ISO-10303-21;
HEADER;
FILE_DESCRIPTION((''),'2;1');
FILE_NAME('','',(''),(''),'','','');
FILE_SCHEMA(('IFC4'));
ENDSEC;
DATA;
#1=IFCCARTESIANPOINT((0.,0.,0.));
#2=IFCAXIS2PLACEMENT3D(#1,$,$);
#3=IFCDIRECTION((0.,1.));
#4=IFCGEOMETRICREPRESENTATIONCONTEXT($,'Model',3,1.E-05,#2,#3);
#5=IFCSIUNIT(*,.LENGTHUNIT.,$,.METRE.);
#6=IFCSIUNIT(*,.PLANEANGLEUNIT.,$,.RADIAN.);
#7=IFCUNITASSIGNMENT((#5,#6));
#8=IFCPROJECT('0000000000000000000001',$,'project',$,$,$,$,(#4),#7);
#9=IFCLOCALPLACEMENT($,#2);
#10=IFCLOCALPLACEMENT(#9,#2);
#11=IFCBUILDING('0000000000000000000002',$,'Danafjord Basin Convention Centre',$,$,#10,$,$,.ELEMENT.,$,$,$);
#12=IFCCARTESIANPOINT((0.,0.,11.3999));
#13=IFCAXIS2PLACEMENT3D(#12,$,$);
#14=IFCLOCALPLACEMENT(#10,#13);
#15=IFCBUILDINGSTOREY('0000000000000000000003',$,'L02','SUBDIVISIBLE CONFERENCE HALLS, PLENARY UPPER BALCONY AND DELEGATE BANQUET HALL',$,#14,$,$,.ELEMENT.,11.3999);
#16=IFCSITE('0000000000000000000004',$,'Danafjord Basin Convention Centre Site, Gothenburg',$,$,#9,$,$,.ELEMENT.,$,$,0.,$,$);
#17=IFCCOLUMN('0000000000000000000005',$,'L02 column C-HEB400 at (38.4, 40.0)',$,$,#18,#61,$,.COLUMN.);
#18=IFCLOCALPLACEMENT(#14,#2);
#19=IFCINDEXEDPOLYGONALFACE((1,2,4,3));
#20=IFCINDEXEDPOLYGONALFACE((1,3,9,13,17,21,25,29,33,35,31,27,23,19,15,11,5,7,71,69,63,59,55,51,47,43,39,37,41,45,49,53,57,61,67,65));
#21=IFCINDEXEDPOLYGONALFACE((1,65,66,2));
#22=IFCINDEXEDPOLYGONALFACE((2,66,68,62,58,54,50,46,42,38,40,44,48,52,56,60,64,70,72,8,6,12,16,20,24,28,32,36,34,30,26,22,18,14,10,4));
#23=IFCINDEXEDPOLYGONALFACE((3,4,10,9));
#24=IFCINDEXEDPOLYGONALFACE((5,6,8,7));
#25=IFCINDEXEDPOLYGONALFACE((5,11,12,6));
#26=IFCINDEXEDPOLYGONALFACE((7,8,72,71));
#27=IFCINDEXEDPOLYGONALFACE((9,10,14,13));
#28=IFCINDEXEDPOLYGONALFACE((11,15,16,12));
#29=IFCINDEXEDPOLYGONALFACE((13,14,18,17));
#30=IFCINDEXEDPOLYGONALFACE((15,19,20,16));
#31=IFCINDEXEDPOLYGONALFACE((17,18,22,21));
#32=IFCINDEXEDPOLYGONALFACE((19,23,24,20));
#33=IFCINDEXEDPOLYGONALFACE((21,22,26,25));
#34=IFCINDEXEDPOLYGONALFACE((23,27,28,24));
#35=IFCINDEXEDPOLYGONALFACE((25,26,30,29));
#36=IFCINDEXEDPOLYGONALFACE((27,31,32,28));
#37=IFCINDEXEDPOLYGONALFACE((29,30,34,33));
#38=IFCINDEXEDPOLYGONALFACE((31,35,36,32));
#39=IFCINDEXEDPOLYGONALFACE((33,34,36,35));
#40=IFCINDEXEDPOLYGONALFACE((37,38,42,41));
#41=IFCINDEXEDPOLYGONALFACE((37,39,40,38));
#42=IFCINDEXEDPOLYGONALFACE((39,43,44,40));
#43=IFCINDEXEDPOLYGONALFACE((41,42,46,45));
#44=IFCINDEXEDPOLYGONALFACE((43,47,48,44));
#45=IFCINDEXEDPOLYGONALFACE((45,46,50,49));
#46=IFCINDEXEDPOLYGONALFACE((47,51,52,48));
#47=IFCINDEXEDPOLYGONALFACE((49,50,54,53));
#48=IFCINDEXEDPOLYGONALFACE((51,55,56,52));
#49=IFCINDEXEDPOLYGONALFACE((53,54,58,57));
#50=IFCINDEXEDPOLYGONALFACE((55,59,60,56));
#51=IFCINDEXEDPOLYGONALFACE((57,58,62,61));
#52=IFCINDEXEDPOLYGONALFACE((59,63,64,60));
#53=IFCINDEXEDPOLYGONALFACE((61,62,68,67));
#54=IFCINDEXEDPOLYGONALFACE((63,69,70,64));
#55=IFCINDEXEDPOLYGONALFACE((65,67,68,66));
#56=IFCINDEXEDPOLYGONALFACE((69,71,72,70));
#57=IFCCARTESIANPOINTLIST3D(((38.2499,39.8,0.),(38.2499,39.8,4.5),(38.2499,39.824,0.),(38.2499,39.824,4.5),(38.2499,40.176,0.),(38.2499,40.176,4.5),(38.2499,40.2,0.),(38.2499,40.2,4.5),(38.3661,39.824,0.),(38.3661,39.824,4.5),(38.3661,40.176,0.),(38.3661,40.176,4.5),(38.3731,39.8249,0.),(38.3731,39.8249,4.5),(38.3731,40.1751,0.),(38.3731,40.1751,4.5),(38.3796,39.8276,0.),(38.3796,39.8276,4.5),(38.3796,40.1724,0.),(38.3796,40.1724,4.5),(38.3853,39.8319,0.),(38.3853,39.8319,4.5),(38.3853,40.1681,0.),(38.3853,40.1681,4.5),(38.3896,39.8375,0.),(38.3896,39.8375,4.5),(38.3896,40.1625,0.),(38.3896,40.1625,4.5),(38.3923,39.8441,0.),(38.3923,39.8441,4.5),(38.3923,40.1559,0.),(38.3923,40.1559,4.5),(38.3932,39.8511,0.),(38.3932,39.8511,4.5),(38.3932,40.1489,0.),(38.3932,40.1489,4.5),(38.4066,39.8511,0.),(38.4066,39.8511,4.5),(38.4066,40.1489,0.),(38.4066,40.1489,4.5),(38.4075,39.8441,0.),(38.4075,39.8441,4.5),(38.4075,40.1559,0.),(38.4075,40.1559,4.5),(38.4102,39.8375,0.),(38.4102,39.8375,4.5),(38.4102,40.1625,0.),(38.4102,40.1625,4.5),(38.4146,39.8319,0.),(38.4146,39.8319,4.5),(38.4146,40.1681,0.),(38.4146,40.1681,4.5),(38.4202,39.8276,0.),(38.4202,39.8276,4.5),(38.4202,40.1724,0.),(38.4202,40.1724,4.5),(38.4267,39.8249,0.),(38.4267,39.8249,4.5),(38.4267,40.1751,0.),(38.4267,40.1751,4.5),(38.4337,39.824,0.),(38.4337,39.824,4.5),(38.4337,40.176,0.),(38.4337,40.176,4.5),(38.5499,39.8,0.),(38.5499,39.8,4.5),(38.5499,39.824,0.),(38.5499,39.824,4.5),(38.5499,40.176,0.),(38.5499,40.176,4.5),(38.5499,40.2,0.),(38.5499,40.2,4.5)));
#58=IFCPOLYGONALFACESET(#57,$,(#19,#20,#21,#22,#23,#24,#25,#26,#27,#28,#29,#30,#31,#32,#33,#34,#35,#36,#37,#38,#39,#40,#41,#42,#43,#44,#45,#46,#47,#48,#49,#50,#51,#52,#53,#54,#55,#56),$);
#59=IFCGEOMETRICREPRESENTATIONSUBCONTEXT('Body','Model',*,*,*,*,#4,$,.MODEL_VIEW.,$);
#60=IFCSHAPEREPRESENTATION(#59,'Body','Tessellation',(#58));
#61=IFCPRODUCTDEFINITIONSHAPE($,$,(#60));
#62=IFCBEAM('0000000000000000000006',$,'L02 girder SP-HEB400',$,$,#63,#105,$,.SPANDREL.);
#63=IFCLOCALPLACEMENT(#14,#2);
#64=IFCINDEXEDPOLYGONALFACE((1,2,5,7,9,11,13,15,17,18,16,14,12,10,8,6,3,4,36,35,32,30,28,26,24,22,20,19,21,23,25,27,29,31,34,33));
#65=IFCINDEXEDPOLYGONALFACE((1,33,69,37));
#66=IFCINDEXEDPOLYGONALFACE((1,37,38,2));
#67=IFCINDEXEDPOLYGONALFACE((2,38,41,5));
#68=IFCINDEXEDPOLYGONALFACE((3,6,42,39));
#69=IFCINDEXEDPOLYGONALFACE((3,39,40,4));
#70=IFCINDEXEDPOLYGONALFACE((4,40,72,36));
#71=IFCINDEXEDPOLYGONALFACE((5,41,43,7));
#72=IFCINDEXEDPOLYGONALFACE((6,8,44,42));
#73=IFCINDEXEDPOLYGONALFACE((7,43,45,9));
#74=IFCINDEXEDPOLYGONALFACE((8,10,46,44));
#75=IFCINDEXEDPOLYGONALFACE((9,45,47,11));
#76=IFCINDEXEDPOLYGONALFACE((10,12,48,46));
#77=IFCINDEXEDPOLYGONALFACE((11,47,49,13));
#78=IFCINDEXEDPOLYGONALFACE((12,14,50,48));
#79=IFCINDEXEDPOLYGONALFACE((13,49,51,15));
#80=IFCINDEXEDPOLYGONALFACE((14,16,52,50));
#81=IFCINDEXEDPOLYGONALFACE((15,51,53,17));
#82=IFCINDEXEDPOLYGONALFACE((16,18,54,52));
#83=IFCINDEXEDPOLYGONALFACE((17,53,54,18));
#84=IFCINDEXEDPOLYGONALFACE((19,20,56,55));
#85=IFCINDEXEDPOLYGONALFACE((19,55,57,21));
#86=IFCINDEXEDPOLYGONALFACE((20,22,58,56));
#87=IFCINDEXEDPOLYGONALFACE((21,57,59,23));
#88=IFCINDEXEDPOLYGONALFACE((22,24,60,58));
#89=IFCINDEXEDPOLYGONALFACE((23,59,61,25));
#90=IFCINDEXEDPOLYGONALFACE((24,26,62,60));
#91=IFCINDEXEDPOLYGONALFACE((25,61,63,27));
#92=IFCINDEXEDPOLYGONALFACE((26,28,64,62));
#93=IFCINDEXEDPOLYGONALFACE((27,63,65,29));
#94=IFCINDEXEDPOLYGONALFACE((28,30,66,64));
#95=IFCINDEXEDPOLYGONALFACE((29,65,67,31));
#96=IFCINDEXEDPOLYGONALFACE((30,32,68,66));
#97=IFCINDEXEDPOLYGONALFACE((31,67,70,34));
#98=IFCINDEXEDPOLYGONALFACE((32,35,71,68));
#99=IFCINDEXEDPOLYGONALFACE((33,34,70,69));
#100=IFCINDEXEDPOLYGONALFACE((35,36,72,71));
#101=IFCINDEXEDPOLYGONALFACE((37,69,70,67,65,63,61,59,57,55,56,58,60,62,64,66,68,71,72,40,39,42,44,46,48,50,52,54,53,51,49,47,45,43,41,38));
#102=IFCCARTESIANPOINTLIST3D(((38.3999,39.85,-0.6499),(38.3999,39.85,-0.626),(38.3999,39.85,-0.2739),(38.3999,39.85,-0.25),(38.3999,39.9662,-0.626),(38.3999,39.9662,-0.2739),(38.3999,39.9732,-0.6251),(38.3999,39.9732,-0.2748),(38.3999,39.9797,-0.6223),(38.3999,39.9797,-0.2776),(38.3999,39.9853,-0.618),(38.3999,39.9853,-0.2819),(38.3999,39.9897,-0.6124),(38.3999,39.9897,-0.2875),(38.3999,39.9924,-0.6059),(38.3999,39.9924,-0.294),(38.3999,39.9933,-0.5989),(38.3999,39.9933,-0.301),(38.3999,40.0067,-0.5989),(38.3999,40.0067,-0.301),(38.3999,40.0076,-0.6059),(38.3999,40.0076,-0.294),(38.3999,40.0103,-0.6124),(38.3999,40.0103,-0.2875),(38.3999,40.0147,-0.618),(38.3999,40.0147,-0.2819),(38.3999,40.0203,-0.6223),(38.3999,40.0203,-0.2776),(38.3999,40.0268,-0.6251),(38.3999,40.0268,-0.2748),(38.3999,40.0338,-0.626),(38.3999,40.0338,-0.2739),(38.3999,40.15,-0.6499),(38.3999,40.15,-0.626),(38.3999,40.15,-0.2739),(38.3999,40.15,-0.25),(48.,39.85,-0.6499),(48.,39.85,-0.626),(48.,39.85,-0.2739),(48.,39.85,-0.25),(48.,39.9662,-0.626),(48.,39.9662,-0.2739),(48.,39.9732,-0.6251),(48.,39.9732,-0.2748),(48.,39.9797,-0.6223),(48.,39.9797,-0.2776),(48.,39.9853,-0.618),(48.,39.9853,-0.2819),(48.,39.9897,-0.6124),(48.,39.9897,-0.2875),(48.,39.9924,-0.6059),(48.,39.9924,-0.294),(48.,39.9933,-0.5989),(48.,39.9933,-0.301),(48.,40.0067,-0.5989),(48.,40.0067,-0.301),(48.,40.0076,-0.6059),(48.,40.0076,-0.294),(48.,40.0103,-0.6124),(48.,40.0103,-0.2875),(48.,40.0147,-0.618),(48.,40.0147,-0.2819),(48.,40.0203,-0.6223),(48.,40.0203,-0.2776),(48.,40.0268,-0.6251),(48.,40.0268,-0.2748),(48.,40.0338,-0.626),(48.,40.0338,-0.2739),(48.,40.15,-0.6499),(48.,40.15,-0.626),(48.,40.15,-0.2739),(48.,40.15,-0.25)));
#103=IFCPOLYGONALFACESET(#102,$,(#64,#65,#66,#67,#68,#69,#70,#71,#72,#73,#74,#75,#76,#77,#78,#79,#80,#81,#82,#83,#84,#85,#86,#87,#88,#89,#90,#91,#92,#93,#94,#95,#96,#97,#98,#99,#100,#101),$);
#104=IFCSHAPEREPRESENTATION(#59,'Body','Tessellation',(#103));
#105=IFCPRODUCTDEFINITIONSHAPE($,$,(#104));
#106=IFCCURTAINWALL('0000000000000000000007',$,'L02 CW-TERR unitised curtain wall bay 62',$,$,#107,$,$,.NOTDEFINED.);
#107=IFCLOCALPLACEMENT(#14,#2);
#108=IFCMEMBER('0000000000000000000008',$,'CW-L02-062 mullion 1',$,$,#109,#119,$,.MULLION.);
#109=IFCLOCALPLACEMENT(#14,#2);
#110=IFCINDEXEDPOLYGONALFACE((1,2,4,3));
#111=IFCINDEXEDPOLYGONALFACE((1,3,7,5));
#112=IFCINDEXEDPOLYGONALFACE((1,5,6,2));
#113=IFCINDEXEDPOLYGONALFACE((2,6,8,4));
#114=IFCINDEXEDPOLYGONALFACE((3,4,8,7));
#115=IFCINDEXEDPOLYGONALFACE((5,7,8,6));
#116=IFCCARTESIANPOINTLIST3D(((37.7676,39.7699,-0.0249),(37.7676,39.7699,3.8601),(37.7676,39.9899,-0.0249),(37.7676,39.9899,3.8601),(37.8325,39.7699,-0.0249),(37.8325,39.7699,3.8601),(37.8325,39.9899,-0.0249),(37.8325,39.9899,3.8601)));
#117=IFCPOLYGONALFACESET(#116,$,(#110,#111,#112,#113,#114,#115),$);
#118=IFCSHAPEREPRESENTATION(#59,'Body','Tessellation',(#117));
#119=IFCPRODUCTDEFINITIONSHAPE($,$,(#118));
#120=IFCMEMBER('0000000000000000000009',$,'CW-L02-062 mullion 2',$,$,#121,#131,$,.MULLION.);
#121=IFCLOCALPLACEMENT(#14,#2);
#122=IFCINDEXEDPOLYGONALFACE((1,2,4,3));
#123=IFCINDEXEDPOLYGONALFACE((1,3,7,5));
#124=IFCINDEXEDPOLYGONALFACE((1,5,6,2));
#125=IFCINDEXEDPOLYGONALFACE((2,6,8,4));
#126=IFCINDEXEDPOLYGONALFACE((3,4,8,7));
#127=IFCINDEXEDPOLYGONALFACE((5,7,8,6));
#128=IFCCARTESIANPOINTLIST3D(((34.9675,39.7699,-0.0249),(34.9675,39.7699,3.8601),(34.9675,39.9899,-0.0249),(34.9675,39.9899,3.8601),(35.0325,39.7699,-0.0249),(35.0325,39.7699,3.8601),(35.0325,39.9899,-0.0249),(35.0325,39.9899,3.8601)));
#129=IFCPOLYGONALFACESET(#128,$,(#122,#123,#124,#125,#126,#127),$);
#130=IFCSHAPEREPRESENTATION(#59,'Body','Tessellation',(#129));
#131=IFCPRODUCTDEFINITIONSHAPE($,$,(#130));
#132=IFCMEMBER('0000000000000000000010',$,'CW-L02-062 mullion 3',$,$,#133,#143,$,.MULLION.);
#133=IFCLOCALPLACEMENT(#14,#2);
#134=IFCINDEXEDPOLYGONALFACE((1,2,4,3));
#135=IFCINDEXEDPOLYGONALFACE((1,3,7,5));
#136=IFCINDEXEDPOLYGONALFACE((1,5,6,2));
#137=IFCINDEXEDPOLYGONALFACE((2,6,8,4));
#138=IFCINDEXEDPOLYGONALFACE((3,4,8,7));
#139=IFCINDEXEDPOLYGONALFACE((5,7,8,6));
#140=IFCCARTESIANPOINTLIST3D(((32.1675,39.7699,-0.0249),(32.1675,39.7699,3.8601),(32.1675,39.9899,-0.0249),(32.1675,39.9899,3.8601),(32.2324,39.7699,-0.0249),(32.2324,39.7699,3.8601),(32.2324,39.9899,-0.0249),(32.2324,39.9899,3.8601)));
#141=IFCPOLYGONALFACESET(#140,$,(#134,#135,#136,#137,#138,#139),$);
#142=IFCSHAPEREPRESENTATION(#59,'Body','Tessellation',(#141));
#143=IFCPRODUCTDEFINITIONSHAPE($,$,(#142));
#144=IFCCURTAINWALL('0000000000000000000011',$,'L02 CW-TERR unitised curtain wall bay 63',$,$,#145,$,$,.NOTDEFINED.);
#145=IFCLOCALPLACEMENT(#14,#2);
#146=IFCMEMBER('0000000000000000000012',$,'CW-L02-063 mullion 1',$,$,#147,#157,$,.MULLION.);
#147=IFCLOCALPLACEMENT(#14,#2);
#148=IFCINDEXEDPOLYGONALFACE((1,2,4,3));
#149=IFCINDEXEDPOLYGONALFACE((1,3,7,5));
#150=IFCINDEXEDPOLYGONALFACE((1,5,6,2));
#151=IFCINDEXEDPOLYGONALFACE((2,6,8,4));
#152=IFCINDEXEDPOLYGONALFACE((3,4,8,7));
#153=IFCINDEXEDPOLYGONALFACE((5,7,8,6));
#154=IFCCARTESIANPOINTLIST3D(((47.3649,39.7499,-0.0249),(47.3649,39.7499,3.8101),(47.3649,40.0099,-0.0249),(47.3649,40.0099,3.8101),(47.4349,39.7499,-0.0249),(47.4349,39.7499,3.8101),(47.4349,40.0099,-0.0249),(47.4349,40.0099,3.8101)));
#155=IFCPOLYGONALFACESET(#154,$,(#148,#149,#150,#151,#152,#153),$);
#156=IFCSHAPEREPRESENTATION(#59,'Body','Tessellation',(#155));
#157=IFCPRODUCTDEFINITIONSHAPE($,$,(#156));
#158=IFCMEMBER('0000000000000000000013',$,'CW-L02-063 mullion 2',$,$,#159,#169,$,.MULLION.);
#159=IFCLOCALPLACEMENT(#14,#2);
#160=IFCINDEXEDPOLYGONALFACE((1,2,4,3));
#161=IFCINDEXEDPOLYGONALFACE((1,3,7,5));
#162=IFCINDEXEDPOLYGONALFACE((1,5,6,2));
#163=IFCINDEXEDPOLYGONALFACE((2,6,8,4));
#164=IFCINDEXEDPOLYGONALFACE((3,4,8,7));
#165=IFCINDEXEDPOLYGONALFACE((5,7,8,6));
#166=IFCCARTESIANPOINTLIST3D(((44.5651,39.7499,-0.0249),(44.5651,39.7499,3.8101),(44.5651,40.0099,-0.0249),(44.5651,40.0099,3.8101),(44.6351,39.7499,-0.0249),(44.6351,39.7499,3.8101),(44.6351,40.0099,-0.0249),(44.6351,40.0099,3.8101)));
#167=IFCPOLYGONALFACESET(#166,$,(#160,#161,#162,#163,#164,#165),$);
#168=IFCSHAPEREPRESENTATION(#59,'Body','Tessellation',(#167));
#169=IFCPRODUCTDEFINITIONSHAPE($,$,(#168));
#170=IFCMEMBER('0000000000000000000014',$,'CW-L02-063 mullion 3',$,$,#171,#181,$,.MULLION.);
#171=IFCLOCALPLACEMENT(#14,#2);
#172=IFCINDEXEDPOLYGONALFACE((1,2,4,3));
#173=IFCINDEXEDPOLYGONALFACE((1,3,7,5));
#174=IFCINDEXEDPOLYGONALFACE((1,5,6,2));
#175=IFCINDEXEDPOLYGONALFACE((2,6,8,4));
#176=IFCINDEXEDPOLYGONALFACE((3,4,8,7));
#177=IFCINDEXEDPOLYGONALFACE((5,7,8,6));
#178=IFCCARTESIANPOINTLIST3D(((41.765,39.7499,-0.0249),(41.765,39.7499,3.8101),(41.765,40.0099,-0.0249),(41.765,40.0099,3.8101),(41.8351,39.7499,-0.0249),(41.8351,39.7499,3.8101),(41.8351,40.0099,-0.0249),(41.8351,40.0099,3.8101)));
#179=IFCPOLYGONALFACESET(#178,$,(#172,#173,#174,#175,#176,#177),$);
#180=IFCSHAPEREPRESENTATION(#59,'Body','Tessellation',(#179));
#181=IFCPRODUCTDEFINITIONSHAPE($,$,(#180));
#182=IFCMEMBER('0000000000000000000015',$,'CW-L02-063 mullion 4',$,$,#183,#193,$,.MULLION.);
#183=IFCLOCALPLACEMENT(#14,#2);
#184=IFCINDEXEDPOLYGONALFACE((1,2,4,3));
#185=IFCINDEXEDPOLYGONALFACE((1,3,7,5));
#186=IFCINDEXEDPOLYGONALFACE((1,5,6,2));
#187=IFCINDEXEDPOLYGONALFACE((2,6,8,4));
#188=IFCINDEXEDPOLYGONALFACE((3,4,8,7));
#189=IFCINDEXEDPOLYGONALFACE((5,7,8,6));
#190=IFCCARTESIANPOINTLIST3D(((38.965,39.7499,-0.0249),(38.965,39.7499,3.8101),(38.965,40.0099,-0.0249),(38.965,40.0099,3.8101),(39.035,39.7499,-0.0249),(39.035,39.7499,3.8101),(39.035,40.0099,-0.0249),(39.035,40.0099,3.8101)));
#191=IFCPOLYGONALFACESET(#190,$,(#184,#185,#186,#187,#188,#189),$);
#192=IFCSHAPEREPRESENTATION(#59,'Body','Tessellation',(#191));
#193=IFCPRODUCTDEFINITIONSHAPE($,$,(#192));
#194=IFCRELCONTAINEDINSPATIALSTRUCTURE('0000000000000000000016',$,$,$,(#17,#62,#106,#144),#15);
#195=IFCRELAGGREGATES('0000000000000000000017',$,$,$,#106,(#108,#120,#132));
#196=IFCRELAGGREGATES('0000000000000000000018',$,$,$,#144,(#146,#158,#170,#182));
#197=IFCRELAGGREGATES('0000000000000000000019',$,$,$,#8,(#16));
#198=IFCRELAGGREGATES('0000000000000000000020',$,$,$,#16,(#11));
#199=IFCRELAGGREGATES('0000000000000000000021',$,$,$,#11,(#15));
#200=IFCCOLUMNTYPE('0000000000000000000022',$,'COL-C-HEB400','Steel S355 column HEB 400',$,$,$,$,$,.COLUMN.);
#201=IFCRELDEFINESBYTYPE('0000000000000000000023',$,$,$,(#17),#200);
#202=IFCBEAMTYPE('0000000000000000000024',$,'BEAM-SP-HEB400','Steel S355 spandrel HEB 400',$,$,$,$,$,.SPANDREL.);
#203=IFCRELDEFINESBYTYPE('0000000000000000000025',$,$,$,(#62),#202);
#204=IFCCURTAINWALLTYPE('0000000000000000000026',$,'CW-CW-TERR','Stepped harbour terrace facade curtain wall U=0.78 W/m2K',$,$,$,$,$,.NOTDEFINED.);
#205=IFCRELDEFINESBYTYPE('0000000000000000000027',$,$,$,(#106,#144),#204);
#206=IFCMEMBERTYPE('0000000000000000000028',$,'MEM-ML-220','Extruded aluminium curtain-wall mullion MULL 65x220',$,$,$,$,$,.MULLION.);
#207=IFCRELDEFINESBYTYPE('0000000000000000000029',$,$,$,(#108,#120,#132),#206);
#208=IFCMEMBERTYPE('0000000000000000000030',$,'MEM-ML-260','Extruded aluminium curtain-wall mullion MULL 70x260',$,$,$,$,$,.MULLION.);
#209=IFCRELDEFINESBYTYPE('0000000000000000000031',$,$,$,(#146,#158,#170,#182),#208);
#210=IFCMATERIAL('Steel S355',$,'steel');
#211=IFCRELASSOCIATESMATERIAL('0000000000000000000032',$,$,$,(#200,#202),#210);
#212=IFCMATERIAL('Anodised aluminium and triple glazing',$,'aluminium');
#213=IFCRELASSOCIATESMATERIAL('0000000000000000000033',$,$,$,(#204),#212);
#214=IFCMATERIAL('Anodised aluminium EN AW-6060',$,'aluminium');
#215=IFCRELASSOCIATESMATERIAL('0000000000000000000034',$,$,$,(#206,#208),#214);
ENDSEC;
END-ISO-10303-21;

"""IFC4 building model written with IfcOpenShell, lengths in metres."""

from ifc_helpers import new_model, si_unit, direction, frame, origin, origin_2d, place, context, subcontext, project, spatial, rectangle, i_section, extrude, material, material_profile, profile_set, type_object, element, aggregate, save


model = new_model("IFC4")

# Units and contexts
model_context = context("Model", 3, precision=1e-05, world=origin(), true_north=direction((0.0, 1.0)))
body_context = subcontext(model_context, "Body", "Model", "MODEL_VIEW")
ifc_project = project(units=[si_unit("LENGTHUNIT", "METRE"), si_unit("PLANEANGLEUNIT", "RADIAN")], contexts=[model_context])

# Site, building, storey
site_placement = place(None, origin())
site = spatial("IfcSite", under=ifc_project, at=site_placement, Name="Danafjord Basin Convention Centre Site, Gothenburg", CompositionType="ELEMENT", RefElevation=0.0)
building_placement = place(site_placement, origin())
building = spatial("IfcBuilding", under=site, at=building_placement, Name="Danafjord Basin Convention Centre", CompositionType="ELEMENT")
storey_placement = place(building_placement, frame((0.0, 0.0, 11.3999)))
storey = spatial("IfcBuildingStorey", under=building, at=storey_placement, Name="L02", Description="SUBDIVISIBLE CONFERENCE HALLS, PLENARY UPPER BALCONY AND DELEGATE BANQUET HALL", CompositionType="ELEMENT", Elevation=11.3999)

# Column
ifc_material_1 = material(Name="Steel S355", Category="steel")
ifc_material_profile_1 = material_profile(ifc_material_1, i_section(OverallWidth=0.3, OverallDepth=0.3999, WebThickness=0.0134, FlangeThickness=0.0239, FilletRadius=0.0271, at=origin_2d()), Name="HEB 400")
ifc_profile_set_1 = profile_set([ifc_material_profile_1], Name="Steel S355")
column_type = type_object("IfcColumnType", Name="COL-C-HEB400", Description="Steel S355 column HEB 400", PredefinedType="COLUMN", material=ifc_profile_set_1)
column_placement = place(storey_placement, frame((38.3999, 40.0, 0.0), z_axis=(0.0, 0.0, 1.0), x_axis=(1.0, 0.0, 0.0)))
element("IfcColumn", 1, at=column_placement, inside=storey, type_object=column_type, Name="L02 column C-HEB400 at (38.4, 40.0)", PredefinedType="COLUMN", context=body_context, shape_type="SweptSolid", body=[
    extrude(i_section(OverallWidth=0.3, OverallDepth=0.3999, WebThickness=0.0134, FlangeThickness=0.0239, FilletRadius=0.0271, at=origin_2d()), origin(), (0.0, 0.0, 1.0), 4.5),
])

# Beam
ifc_material_profile_2 = material_profile(ifc_material_1, i_section(OverallWidth=0.3, OverallDepth=0.3999, WebThickness=0.0134, FlangeThickness=0.0239, FilletRadius=0.0271, at=origin_2d()), Name="HEB 400")
ifc_profile_set_2 = profile_set([ifc_material_profile_2], Name="Steel S355")
beam_type = type_object("IfcBeamType", Name="BEAM-SP-HEB400", Description="Steel S355 spandrel HEB 400", PredefinedType="SPANDREL", material=ifc_profile_set_2)
beam_placement = place(storey_placement, frame((38.3999, 40.0, -0.45), z_axis=(1.0, 0.0, 0.0), x_axis=(0.0, 1.0, 0.0)))
element("IfcBeam", 2, at=beam_placement, inside=storey, type_object=beam_type, Name="L02 girder SP-HEB400", PredefinedType="SPANDREL", context=body_context, shape_type="SweptSolid", body=[
    extrude(i_section(OverallWidth=0.3, OverallDepth=0.3999, WebThickness=0.0134, FlangeThickness=0.0239, FilletRadius=0.0271, at=origin_2d()), origin(), (0.0, 0.0, 1.0), 9.6001),
])

# Curtain walls, members
ifc_material_2 = material(Name="Anodised aluminium and triple glazing", Category="aluminium")
curtain_wall_type = type_object("IfcCurtainWallType", Name="CW-CW-TERR", Description="Stepped harbour terrace facade curtain wall U=0.78 W/m2K", PredefinedType="NOTDEFINED", material=ifc_material_2)
curtain_wall_1_placement = place(storey_placement, origin())
curtain_wall_1 = element("IfcCurtainWall", 3, at=curtain_wall_1_placement, inside=storey, type_object=curtain_wall_type, Name="L02 CW-TERR unitised curtain wall bay 62", PredefinedType="NOTDEFINED")
ifc_material_3 = material(Name="Anodised aluminium EN AW-6060", Category="aluminium")
ifc_material_profile_3 = material_profile(ifc_material_3, rectangle(XDim=0.0649, YDim=0.22, at=origin_2d()), Name="MULL 65x220")
ifc_profile_set_3 = profile_set([ifc_material_profile_3], Name="Anodised aluminium EN AW-6060")
member_type_1 = type_object("IfcMemberType", Name="MEM-ML-220", Description="Extruded aluminium curtain-wall mullion MULL 65x220", PredefinedType="MULLION", material=ifc_profile_set_3)
member_1_placement = place(storey_placement, frame((37.8, 39.8799, -0.0249), z_axis=(0.0, 0.0, 1.0), x_axis=(-1.0, 0.0, 0.0)))
member_1 = element("IfcMember", 4, at=member_1_placement, type_object=member_type_1, Name="CW-L02-062 mullion 1", PredefinedType="MULLION", context=body_context, shape_type="SweptSolid", body=[
    extrude(rectangle(XDim=0.0649, YDim=0.22, at=origin_2d()), origin(), (0.0, 0.0, 1.0), 3.885),
])
member_2_placement = place(storey_placement, frame((35.0, 39.8799, -0.0249), z_axis=(0.0, 0.0, 1.0), x_axis=(-1.0, 0.0, 0.0)))
member_2 = element("IfcMember", 5, at=member_2_placement, type_object=member_type_1, Name="CW-L02-062 mullion 2", PredefinedType="MULLION", context=body_context, shape_type="SweptSolid", body=[
    extrude(rectangle(XDim=0.0649, YDim=0.22, at=origin_2d()), origin(), (0.0, 0.0, 1.0), 3.885),
])
member_3_placement = place(storey_placement, frame((32.2, 39.8799, -0.0249), z_axis=(0.0, 0.0, 1.0), x_axis=(-1.0, 0.0, 0.0)))
member_3 = element("IfcMember", 6, at=member_3_placement, type_object=member_type_1, Name="CW-L02-062 mullion 3", PredefinedType="MULLION", context=body_context, shape_type="SweptSolid", body=[
    extrude(rectangle(XDim=0.0649, YDim=0.22, at=origin_2d()), origin(), (0.0, 0.0, 1.0), 3.885),
])
curtain_wall_2_placement = place(storey_placement, origin())
curtain_wall_2 = element("IfcCurtainWall", 7, at=curtain_wall_2_placement, inside=storey, type_object=curtain_wall_type, Name="L02 CW-TERR unitised curtain wall bay 63", PredefinedType="NOTDEFINED")
ifc_material_profile_4 = material_profile(ifc_material_3, rectangle(XDim=0.0701, YDim=0.26, at=origin_2d()), Name="MULL 70x260")
ifc_profile_set_4 = profile_set([ifc_material_profile_4], Name="Anodised aluminium EN AW-6060")
member_type_2 = type_object("IfcMemberType", Name="MEM-ML-260", Description="Extruded aluminium curtain-wall mullion MULL 70x260", PredefinedType="MULLION", material=ifc_profile_set_4)
member_4_placement = place(storey_placement, frame((47.3999, 39.8799, -0.0249), z_axis=(0.0, 0.0, 1.0), x_axis=(-1.0, 0.0, 0.0)))
member_4 = element("IfcMember", 8, at=member_4_placement, type_object=member_type_2, Name="CW-L02-063 mullion 1", PredefinedType="MULLION", context=body_context, shape_type="SweptSolid", body=[
    extrude(rectangle(XDim=0.0701, YDim=0.26, at=origin_2d()), origin(), (0.0, 0.0, 1.0), 3.835),
])
member_5_placement = place(storey_placement, frame((44.6001, 39.8799, -0.0249), z_axis=(0.0, 0.0, 1.0), x_axis=(-1.0, 0.0, 0.0)))
member_5 = element("IfcMember", 9, at=member_5_placement, type_object=member_type_2, Name="CW-L02-063 mullion 2", PredefinedType="MULLION", context=body_context, shape_type="SweptSolid", body=[
    extrude(rectangle(XDim=0.0701, YDim=0.26, at=origin_2d()), origin(), (0.0, 0.0, 1.0), 3.835),
])
member_6_placement = place(storey_placement, frame((41.8, 39.8799, -0.0249), z_axis=(0.0, 0.0, 1.0), x_axis=(-1.0, 0.0, 0.0)))
member_6 = element("IfcMember", 10, at=member_6_placement, type_object=member_type_2, Name="CW-L02-063 mullion 3", PredefinedType="MULLION", context=body_context, shape_type="SweptSolid", body=[
    extrude(rectangle(XDim=0.0701, YDim=0.26, at=origin_2d()), origin(), (0.0, 0.0, 1.0), 3.835),
])
member_7_placement = place(storey_placement, frame((39.0, 39.8799, -0.0249), z_axis=(0.0, 0.0, 1.0), x_axis=(-1.0, 0.0, 0.0)))
member_7 = element("IfcMember", 11, at=member_7_placement, type_object=member_type_2, Name="CW-L02-063 mullion 4", PredefinedType="MULLION", context=body_context, shape_type="SweptSolid", body=[
    extrude(rectangle(XDim=0.0701, YDim=0.26, at=origin_2d()), origin(), (0.0, 0.0, 1.0), 3.835),
])

aggregate(curtain_wall_1, [member_1, member_2, member_3])
aggregate(curtain_wall_2, [member_4, member_5, member_6, member_7])

save(model, "model.ifc")
